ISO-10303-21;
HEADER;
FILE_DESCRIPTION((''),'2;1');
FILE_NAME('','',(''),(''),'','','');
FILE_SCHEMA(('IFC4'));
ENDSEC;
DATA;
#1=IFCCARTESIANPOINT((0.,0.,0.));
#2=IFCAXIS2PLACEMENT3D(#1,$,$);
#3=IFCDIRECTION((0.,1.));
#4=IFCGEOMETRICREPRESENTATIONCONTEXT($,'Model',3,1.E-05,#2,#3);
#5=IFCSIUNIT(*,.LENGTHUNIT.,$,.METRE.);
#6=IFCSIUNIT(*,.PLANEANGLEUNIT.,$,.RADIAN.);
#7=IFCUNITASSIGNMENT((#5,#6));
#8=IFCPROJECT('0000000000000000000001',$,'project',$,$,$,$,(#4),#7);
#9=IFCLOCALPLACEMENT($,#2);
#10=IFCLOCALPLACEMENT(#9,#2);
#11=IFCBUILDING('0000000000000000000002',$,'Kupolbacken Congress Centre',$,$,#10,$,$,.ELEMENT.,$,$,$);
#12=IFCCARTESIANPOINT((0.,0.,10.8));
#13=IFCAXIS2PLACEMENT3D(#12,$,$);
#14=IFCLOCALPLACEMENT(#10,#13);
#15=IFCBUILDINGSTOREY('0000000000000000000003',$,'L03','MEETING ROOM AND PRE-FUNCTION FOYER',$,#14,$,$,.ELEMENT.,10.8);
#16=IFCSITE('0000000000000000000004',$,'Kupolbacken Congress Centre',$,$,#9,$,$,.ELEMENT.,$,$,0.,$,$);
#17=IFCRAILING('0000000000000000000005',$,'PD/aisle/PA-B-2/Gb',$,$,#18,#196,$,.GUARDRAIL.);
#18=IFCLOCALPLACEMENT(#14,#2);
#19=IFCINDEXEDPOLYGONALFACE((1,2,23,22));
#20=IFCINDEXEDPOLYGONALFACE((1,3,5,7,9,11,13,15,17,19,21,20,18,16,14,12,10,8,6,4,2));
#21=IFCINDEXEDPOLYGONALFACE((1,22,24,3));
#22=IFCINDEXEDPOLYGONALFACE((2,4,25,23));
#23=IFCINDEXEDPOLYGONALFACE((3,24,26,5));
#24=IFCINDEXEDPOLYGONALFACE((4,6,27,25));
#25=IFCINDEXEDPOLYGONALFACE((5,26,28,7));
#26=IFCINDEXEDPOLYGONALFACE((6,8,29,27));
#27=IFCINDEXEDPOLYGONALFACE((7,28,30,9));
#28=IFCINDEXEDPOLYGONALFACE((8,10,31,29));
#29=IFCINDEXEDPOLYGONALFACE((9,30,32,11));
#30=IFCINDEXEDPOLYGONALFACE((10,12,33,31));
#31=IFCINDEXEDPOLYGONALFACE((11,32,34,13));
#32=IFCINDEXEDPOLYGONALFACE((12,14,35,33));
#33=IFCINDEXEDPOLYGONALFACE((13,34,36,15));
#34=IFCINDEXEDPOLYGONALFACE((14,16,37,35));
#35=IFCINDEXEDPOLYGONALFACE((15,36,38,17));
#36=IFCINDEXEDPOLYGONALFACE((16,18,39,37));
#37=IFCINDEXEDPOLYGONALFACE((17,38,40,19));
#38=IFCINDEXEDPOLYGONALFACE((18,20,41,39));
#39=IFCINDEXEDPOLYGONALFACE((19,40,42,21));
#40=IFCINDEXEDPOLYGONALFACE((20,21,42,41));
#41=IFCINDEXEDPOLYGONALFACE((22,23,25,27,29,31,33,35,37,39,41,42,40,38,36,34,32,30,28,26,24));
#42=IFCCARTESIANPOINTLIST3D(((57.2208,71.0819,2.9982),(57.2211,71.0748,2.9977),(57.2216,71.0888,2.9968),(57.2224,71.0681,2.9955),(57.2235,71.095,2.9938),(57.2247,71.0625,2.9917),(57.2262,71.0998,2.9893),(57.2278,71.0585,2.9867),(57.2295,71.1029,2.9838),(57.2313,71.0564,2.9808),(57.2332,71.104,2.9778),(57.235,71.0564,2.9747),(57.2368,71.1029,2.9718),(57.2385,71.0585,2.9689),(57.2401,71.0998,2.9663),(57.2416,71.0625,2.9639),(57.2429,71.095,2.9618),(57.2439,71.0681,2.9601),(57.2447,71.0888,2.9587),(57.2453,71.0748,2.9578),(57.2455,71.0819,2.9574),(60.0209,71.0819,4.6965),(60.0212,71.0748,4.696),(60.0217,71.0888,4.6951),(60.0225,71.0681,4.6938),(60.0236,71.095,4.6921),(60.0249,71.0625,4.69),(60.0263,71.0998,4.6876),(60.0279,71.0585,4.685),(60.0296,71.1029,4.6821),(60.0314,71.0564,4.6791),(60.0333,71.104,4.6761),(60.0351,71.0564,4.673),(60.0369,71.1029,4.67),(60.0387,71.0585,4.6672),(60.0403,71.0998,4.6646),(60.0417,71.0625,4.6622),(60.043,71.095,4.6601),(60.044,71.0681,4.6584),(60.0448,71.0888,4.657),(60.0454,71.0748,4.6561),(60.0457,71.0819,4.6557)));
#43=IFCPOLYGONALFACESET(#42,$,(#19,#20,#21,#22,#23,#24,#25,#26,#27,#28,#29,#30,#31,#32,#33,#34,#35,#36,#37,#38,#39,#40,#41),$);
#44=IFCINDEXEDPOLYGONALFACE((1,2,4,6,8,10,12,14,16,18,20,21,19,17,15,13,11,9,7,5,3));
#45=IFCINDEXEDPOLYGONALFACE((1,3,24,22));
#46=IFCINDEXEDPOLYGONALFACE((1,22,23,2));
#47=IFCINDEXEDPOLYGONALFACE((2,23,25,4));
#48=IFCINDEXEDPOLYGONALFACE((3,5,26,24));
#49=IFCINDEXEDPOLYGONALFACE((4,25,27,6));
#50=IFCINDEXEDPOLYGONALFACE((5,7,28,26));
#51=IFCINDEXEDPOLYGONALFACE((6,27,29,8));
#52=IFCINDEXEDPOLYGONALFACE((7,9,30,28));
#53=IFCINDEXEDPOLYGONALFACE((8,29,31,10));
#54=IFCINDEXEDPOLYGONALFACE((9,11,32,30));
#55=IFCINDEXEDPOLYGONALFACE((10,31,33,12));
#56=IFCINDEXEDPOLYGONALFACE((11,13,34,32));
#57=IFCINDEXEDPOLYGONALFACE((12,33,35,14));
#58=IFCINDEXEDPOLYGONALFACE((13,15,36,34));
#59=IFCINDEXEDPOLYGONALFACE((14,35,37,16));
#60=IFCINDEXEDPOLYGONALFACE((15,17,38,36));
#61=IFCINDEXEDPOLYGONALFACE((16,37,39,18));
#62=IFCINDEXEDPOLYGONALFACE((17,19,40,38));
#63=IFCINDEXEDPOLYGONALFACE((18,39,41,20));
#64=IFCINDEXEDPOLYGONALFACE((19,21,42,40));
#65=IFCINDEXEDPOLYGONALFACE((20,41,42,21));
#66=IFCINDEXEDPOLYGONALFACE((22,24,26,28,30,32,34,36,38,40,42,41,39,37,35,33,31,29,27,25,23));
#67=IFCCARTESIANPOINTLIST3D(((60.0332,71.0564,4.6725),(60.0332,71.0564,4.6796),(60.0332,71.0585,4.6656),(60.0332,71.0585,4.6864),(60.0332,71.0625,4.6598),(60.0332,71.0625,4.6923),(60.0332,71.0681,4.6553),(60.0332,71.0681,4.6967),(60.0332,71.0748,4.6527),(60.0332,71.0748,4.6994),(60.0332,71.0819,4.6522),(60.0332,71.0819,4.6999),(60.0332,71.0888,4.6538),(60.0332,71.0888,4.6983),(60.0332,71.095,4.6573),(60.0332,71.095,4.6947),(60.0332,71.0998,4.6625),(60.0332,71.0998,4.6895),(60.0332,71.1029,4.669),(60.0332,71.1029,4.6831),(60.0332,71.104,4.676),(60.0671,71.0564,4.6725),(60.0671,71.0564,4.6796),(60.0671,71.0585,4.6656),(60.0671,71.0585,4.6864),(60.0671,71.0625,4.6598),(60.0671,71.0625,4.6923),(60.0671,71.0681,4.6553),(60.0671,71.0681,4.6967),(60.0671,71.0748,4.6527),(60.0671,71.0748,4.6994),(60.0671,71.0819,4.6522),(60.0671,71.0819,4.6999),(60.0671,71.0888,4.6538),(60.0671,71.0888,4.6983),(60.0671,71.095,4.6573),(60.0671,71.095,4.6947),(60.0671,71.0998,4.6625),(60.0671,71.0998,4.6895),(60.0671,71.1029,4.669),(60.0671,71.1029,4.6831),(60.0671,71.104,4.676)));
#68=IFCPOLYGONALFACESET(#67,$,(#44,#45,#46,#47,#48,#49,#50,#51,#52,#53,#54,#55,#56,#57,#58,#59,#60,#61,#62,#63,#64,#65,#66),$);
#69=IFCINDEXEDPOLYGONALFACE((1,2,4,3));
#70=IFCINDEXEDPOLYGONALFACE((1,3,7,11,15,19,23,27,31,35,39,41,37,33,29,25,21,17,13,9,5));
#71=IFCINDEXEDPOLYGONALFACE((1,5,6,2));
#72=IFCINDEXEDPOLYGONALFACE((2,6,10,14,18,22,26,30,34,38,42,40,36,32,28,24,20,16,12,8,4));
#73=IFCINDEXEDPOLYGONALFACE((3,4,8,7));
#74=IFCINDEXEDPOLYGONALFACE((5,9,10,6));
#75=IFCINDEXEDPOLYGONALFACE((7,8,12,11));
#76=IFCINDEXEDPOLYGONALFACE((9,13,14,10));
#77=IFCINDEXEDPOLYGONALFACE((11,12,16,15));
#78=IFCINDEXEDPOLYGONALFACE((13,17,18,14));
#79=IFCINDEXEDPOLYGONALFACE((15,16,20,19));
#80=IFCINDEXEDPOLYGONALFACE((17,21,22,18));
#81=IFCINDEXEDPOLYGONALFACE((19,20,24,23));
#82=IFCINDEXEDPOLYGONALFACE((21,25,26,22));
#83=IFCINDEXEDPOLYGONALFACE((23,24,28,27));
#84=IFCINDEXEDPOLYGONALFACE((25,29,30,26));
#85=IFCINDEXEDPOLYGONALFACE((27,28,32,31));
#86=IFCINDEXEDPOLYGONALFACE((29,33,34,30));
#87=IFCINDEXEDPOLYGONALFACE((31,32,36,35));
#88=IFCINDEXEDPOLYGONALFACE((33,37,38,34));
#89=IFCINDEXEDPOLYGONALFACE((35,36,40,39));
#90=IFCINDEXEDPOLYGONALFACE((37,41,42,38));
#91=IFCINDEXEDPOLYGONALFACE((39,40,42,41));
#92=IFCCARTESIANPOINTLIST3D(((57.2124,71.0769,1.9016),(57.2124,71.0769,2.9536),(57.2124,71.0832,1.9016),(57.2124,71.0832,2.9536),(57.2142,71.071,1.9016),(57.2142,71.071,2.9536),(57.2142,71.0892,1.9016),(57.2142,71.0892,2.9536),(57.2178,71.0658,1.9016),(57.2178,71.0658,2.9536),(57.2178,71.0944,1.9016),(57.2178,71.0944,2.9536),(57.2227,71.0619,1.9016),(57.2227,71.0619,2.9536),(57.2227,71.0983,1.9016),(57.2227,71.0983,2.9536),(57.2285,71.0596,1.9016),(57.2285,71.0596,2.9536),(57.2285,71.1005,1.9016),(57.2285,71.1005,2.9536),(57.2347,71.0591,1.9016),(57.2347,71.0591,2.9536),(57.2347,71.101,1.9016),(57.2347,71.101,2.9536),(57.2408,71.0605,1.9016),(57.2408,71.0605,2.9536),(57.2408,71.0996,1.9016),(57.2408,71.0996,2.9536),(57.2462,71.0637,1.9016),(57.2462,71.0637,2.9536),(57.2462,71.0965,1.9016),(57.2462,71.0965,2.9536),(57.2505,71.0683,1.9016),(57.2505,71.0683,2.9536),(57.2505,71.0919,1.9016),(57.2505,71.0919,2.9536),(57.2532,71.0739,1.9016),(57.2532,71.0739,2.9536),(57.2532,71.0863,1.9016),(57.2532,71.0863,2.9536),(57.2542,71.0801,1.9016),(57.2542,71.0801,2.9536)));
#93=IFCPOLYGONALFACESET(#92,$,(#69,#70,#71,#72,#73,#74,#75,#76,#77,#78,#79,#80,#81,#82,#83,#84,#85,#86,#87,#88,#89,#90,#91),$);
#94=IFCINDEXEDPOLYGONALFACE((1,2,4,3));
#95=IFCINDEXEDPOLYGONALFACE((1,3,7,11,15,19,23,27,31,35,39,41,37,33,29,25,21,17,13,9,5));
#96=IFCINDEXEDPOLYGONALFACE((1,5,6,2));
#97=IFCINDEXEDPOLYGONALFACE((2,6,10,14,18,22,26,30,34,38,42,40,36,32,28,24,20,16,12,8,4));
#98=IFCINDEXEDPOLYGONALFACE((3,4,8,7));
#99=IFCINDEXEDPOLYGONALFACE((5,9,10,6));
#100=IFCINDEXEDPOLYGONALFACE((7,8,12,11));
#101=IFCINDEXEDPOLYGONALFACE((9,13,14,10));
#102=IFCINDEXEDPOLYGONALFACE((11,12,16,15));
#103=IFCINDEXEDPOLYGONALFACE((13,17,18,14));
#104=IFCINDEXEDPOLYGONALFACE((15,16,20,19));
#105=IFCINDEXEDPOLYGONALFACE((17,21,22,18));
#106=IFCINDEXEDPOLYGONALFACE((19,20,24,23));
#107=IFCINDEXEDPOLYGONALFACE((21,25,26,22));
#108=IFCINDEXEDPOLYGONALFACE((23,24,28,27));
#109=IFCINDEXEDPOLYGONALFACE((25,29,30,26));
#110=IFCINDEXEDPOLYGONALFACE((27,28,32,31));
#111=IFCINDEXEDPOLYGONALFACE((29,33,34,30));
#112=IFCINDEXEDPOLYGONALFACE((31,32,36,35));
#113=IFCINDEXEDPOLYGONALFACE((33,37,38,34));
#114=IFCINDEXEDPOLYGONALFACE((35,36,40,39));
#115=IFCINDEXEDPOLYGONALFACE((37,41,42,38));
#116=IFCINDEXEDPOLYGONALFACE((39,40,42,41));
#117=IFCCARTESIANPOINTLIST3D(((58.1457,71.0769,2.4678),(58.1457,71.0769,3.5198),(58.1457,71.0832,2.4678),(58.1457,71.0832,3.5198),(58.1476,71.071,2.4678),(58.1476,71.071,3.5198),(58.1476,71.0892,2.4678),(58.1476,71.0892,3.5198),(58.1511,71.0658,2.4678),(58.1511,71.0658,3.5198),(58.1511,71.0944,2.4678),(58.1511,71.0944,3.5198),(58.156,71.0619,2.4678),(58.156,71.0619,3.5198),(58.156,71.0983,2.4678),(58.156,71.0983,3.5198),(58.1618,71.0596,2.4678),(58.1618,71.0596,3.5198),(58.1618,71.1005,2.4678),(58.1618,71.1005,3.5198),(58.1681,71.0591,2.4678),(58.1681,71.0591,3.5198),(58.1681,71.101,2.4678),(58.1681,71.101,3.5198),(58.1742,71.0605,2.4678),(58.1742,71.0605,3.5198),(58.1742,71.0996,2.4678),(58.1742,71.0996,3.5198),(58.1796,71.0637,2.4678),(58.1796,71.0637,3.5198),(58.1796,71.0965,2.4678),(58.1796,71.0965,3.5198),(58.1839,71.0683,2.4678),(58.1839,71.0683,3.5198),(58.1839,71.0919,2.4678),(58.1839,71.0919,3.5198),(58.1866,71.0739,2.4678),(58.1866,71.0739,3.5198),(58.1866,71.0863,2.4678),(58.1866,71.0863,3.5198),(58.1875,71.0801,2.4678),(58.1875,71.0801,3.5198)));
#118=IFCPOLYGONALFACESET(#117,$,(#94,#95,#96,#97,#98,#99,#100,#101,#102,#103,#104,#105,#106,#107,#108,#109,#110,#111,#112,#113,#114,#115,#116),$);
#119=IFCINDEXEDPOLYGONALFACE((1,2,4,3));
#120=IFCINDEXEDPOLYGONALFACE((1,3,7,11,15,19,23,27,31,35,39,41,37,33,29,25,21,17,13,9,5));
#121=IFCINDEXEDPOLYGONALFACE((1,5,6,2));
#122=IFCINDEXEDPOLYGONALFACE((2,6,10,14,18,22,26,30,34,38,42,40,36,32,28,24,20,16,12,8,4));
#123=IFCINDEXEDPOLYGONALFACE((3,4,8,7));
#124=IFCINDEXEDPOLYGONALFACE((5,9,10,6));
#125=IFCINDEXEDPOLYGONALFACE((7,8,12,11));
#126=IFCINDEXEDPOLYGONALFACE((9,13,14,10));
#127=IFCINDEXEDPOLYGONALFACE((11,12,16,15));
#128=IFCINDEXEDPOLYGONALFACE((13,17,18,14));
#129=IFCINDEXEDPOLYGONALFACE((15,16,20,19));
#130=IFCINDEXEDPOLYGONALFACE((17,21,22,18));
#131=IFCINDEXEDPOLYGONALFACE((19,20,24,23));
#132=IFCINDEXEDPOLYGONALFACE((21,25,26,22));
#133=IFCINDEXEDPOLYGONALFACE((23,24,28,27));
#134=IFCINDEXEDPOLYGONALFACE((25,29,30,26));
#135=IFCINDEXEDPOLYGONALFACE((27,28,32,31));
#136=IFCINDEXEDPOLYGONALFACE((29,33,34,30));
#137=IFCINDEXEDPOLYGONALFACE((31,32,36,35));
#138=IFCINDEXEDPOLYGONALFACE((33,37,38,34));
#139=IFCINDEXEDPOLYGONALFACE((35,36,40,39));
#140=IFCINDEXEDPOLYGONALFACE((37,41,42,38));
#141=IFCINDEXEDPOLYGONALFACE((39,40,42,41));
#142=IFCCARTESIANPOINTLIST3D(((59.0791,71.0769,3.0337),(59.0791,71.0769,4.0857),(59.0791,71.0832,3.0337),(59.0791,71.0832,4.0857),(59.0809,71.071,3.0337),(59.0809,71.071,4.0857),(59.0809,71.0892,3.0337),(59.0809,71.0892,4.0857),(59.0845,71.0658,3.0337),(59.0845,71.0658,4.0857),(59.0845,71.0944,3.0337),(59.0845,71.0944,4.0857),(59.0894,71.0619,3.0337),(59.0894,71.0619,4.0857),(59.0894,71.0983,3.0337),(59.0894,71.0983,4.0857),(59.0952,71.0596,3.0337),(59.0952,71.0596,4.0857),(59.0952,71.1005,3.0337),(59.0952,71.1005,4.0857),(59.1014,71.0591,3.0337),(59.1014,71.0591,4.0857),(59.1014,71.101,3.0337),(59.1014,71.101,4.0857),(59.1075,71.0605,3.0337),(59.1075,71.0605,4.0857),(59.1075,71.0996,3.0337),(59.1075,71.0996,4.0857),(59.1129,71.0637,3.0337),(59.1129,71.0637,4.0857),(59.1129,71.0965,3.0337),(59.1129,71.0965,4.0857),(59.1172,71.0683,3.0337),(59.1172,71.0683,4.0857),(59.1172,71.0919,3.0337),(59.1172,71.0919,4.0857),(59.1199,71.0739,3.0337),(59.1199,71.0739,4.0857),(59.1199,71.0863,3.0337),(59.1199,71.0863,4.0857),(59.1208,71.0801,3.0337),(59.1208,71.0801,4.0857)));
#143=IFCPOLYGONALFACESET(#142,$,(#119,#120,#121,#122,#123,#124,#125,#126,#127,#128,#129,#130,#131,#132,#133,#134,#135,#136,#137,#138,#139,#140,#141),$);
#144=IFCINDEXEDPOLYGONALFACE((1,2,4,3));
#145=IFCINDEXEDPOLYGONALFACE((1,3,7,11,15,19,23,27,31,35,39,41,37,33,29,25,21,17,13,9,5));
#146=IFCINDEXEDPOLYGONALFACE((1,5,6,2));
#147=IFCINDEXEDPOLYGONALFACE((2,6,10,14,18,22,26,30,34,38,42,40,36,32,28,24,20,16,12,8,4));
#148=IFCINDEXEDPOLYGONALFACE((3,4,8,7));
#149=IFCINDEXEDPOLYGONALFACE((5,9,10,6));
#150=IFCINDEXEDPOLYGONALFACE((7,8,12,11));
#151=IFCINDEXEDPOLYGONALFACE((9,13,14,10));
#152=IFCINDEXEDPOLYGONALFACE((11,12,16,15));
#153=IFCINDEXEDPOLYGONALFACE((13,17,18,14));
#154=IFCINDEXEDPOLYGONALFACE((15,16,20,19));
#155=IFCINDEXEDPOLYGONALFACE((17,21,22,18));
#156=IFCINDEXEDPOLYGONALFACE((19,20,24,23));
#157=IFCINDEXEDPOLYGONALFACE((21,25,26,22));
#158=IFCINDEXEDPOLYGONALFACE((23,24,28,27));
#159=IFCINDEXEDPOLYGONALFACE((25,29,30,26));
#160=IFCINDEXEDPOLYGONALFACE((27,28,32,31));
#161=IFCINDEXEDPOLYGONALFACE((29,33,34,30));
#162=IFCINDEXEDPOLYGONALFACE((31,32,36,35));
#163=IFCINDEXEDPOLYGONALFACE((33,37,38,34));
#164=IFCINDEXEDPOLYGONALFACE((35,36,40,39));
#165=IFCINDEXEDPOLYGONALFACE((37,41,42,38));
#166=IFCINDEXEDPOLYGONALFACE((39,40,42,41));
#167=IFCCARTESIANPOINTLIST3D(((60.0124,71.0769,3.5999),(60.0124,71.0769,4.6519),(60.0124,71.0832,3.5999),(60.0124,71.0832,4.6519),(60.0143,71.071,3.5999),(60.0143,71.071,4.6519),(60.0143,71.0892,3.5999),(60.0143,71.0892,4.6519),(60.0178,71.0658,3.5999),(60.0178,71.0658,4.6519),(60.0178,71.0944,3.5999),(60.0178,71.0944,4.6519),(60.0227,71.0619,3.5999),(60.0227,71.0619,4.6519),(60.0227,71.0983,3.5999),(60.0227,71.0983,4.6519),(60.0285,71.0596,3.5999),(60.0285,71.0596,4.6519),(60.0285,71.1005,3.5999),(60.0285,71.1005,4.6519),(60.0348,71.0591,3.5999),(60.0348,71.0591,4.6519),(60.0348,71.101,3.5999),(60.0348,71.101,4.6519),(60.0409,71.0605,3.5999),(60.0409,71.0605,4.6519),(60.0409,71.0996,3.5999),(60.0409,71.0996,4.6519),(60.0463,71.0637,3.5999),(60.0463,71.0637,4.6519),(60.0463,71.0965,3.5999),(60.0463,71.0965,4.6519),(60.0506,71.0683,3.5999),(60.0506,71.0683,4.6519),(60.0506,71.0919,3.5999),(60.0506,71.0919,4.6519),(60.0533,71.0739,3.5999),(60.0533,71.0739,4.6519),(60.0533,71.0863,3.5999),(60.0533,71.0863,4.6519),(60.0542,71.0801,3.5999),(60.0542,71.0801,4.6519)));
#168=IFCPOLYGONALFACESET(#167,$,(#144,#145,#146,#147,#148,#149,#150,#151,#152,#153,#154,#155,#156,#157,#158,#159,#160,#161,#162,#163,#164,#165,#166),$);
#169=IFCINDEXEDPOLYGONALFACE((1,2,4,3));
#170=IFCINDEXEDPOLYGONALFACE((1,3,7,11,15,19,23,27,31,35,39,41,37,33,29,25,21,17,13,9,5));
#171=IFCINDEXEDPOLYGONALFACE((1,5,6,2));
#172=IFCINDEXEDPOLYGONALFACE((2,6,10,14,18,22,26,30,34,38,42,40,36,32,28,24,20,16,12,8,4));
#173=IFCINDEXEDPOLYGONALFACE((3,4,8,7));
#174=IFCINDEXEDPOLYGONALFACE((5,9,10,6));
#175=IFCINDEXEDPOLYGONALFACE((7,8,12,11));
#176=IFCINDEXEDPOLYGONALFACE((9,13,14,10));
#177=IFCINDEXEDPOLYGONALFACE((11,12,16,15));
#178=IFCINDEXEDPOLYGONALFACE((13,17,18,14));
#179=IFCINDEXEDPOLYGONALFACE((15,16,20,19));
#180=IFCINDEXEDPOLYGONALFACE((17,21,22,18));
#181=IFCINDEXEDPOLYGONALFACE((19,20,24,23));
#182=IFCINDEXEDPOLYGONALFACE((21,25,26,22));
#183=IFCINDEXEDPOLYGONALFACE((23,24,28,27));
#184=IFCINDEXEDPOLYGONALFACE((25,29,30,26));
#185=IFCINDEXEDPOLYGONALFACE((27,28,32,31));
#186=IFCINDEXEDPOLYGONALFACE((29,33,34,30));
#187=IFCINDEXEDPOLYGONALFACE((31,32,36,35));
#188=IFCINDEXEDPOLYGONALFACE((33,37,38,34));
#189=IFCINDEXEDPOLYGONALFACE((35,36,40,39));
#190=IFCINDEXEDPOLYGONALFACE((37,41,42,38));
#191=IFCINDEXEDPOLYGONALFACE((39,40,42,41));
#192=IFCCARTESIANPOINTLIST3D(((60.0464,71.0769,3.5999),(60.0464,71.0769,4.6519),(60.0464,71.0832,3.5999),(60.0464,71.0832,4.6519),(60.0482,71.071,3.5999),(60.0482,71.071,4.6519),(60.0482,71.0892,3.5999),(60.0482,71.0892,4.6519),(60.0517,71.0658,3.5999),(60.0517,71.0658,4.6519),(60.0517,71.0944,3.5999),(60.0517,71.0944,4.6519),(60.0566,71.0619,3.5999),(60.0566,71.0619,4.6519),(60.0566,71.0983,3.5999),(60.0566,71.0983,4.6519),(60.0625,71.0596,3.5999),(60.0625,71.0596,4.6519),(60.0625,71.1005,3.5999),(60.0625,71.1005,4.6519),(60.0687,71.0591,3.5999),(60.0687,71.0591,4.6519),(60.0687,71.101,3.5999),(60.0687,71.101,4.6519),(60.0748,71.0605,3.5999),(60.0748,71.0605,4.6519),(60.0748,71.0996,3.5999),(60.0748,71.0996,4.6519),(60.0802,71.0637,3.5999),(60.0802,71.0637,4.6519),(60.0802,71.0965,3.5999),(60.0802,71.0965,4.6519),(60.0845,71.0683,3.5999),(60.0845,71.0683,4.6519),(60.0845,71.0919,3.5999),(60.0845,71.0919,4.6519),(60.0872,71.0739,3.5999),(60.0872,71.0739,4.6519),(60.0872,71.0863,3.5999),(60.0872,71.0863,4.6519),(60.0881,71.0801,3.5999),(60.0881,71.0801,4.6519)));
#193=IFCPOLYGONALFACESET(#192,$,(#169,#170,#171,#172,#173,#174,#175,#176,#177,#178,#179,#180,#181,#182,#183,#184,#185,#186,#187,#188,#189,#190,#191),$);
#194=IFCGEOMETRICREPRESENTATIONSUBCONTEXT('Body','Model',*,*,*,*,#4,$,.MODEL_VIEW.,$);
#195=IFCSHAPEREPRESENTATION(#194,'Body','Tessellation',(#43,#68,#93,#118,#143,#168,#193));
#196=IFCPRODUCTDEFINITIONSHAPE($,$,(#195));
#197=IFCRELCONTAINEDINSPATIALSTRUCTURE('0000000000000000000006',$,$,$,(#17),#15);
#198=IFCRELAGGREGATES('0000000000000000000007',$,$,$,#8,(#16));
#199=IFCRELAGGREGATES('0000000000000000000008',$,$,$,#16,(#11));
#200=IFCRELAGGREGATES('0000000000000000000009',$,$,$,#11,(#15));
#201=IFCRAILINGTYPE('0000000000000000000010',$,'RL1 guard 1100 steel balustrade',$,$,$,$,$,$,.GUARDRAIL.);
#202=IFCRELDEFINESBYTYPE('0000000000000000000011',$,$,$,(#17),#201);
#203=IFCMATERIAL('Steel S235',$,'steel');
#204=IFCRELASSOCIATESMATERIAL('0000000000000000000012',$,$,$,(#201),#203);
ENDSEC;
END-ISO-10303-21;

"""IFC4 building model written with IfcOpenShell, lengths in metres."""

from ifc_helpers import new_model, si_unit, direction, frame, origin, origin_2d, place, context, subcontext, project, spatial, circle, extrude, material, type_object, element, save


model = new_model("IFC4")

# Units and contexts
model_context = context("Model", 3, precision=1e-05, world=origin(), true_north=direction((0.0, 1.0)))
body_context = subcontext(model_context, "Body", "Model", "MODEL_VIEW")
ifc_project = project(units=[si_unit("LENGTHUNIT", "METRE"), si_unit("PLANEANGLEUNIT", "RADIAN")], contexts=[model_context])

# Site, building, storey
site_placement = place(None, origin())
site = spatial("IfcSite", under=ifc_project, at=site_placement, Name="Kupolbacken Congress Centre", CompositionType="ELEMENT", RefElevation=0.0)
building_placement = place(site_placement, origin())
building = spatial("IfcBuilding", under=site, at=building_placement, Name="Kupolbacken Congress Centre", CompositionType="ELEMENT")
storey_placement = place(building_placement, frame((0.0, 0.0, 10.8)))
storey = spatial("IfcBuildingStorey", under=building, at=storey_placement, Name="L03", Description="MEETING ROOM AND PRE-FUNCTION FOYER", CompositionType="ELEMENT", Elevation=10.8)

# Railing
ifc_material_1 = material(Name="Steel S235", Category="steel")
railing_type_1 = type_object("IfcRailingType", Name="RL1 guard 1100 steel balustrade", PredefinedType="GUARDRAIL", material=ifc_material_1)
railing_1_placement = place(storey_placement, frame((57.2332, 71.0801, 1.9016)))
element("IfcRailing", 1, at=railing_1_placement, inside=storey, type_object=railing_type_1, Name="PD/aisle/PA-B-2/Gb", PredefinedType="GUARDRAIL", context=body_context, shape_type="SweptSolid", body=[
    extrude(circle(Radius=0.0239, at=origin_2d()), frame((0.0, 0.0, 1.0762), z_axis=(0.85503, 0.0, 0.518579), x_axis=(0.0, 1.0, 0.0)), (0.0, 0.0, 1.0), 3.2749),
    extrude(circle(Radius=0.0239, at=origin_2d()), frame((2.8, 0.0, 2.7744), z_axis=(1.0, 0.0, 0.0), x_axis=(0.0, 1.0, 0.0)), (0.0, 0.0, 1.0), 0.0339),
    extrude(circle(Radius=0.021, at=origin_2d()), origin(), (0.0, 0.0, 1.0), 1.052),
    extrude(circle(Radius=0.021, at=origin_2d()), frame((0.9333, 0.0, 0.5662)), (0.0, 0.0, 1.0), 1.052),
    extrude(circle(Radius=0.021, at=origin_2d()), frame((1.8667, 0.0, 1.1321)), (0.0, 0.0, 1.0), 1.052),
    extrude(circle(Radius=0.021, at=origin_2d()), frame((2.8, 0.0, 1.6982)), (0.0, 0.0, 1.0), 1.052),
    extrude(circle(Radius=0.021, at=origin_2d()), frame((2.834, 0.0, 1.6982)), (0.0, 0.0, 1.0), 1.052),
])

save(model, "model.ifc")
